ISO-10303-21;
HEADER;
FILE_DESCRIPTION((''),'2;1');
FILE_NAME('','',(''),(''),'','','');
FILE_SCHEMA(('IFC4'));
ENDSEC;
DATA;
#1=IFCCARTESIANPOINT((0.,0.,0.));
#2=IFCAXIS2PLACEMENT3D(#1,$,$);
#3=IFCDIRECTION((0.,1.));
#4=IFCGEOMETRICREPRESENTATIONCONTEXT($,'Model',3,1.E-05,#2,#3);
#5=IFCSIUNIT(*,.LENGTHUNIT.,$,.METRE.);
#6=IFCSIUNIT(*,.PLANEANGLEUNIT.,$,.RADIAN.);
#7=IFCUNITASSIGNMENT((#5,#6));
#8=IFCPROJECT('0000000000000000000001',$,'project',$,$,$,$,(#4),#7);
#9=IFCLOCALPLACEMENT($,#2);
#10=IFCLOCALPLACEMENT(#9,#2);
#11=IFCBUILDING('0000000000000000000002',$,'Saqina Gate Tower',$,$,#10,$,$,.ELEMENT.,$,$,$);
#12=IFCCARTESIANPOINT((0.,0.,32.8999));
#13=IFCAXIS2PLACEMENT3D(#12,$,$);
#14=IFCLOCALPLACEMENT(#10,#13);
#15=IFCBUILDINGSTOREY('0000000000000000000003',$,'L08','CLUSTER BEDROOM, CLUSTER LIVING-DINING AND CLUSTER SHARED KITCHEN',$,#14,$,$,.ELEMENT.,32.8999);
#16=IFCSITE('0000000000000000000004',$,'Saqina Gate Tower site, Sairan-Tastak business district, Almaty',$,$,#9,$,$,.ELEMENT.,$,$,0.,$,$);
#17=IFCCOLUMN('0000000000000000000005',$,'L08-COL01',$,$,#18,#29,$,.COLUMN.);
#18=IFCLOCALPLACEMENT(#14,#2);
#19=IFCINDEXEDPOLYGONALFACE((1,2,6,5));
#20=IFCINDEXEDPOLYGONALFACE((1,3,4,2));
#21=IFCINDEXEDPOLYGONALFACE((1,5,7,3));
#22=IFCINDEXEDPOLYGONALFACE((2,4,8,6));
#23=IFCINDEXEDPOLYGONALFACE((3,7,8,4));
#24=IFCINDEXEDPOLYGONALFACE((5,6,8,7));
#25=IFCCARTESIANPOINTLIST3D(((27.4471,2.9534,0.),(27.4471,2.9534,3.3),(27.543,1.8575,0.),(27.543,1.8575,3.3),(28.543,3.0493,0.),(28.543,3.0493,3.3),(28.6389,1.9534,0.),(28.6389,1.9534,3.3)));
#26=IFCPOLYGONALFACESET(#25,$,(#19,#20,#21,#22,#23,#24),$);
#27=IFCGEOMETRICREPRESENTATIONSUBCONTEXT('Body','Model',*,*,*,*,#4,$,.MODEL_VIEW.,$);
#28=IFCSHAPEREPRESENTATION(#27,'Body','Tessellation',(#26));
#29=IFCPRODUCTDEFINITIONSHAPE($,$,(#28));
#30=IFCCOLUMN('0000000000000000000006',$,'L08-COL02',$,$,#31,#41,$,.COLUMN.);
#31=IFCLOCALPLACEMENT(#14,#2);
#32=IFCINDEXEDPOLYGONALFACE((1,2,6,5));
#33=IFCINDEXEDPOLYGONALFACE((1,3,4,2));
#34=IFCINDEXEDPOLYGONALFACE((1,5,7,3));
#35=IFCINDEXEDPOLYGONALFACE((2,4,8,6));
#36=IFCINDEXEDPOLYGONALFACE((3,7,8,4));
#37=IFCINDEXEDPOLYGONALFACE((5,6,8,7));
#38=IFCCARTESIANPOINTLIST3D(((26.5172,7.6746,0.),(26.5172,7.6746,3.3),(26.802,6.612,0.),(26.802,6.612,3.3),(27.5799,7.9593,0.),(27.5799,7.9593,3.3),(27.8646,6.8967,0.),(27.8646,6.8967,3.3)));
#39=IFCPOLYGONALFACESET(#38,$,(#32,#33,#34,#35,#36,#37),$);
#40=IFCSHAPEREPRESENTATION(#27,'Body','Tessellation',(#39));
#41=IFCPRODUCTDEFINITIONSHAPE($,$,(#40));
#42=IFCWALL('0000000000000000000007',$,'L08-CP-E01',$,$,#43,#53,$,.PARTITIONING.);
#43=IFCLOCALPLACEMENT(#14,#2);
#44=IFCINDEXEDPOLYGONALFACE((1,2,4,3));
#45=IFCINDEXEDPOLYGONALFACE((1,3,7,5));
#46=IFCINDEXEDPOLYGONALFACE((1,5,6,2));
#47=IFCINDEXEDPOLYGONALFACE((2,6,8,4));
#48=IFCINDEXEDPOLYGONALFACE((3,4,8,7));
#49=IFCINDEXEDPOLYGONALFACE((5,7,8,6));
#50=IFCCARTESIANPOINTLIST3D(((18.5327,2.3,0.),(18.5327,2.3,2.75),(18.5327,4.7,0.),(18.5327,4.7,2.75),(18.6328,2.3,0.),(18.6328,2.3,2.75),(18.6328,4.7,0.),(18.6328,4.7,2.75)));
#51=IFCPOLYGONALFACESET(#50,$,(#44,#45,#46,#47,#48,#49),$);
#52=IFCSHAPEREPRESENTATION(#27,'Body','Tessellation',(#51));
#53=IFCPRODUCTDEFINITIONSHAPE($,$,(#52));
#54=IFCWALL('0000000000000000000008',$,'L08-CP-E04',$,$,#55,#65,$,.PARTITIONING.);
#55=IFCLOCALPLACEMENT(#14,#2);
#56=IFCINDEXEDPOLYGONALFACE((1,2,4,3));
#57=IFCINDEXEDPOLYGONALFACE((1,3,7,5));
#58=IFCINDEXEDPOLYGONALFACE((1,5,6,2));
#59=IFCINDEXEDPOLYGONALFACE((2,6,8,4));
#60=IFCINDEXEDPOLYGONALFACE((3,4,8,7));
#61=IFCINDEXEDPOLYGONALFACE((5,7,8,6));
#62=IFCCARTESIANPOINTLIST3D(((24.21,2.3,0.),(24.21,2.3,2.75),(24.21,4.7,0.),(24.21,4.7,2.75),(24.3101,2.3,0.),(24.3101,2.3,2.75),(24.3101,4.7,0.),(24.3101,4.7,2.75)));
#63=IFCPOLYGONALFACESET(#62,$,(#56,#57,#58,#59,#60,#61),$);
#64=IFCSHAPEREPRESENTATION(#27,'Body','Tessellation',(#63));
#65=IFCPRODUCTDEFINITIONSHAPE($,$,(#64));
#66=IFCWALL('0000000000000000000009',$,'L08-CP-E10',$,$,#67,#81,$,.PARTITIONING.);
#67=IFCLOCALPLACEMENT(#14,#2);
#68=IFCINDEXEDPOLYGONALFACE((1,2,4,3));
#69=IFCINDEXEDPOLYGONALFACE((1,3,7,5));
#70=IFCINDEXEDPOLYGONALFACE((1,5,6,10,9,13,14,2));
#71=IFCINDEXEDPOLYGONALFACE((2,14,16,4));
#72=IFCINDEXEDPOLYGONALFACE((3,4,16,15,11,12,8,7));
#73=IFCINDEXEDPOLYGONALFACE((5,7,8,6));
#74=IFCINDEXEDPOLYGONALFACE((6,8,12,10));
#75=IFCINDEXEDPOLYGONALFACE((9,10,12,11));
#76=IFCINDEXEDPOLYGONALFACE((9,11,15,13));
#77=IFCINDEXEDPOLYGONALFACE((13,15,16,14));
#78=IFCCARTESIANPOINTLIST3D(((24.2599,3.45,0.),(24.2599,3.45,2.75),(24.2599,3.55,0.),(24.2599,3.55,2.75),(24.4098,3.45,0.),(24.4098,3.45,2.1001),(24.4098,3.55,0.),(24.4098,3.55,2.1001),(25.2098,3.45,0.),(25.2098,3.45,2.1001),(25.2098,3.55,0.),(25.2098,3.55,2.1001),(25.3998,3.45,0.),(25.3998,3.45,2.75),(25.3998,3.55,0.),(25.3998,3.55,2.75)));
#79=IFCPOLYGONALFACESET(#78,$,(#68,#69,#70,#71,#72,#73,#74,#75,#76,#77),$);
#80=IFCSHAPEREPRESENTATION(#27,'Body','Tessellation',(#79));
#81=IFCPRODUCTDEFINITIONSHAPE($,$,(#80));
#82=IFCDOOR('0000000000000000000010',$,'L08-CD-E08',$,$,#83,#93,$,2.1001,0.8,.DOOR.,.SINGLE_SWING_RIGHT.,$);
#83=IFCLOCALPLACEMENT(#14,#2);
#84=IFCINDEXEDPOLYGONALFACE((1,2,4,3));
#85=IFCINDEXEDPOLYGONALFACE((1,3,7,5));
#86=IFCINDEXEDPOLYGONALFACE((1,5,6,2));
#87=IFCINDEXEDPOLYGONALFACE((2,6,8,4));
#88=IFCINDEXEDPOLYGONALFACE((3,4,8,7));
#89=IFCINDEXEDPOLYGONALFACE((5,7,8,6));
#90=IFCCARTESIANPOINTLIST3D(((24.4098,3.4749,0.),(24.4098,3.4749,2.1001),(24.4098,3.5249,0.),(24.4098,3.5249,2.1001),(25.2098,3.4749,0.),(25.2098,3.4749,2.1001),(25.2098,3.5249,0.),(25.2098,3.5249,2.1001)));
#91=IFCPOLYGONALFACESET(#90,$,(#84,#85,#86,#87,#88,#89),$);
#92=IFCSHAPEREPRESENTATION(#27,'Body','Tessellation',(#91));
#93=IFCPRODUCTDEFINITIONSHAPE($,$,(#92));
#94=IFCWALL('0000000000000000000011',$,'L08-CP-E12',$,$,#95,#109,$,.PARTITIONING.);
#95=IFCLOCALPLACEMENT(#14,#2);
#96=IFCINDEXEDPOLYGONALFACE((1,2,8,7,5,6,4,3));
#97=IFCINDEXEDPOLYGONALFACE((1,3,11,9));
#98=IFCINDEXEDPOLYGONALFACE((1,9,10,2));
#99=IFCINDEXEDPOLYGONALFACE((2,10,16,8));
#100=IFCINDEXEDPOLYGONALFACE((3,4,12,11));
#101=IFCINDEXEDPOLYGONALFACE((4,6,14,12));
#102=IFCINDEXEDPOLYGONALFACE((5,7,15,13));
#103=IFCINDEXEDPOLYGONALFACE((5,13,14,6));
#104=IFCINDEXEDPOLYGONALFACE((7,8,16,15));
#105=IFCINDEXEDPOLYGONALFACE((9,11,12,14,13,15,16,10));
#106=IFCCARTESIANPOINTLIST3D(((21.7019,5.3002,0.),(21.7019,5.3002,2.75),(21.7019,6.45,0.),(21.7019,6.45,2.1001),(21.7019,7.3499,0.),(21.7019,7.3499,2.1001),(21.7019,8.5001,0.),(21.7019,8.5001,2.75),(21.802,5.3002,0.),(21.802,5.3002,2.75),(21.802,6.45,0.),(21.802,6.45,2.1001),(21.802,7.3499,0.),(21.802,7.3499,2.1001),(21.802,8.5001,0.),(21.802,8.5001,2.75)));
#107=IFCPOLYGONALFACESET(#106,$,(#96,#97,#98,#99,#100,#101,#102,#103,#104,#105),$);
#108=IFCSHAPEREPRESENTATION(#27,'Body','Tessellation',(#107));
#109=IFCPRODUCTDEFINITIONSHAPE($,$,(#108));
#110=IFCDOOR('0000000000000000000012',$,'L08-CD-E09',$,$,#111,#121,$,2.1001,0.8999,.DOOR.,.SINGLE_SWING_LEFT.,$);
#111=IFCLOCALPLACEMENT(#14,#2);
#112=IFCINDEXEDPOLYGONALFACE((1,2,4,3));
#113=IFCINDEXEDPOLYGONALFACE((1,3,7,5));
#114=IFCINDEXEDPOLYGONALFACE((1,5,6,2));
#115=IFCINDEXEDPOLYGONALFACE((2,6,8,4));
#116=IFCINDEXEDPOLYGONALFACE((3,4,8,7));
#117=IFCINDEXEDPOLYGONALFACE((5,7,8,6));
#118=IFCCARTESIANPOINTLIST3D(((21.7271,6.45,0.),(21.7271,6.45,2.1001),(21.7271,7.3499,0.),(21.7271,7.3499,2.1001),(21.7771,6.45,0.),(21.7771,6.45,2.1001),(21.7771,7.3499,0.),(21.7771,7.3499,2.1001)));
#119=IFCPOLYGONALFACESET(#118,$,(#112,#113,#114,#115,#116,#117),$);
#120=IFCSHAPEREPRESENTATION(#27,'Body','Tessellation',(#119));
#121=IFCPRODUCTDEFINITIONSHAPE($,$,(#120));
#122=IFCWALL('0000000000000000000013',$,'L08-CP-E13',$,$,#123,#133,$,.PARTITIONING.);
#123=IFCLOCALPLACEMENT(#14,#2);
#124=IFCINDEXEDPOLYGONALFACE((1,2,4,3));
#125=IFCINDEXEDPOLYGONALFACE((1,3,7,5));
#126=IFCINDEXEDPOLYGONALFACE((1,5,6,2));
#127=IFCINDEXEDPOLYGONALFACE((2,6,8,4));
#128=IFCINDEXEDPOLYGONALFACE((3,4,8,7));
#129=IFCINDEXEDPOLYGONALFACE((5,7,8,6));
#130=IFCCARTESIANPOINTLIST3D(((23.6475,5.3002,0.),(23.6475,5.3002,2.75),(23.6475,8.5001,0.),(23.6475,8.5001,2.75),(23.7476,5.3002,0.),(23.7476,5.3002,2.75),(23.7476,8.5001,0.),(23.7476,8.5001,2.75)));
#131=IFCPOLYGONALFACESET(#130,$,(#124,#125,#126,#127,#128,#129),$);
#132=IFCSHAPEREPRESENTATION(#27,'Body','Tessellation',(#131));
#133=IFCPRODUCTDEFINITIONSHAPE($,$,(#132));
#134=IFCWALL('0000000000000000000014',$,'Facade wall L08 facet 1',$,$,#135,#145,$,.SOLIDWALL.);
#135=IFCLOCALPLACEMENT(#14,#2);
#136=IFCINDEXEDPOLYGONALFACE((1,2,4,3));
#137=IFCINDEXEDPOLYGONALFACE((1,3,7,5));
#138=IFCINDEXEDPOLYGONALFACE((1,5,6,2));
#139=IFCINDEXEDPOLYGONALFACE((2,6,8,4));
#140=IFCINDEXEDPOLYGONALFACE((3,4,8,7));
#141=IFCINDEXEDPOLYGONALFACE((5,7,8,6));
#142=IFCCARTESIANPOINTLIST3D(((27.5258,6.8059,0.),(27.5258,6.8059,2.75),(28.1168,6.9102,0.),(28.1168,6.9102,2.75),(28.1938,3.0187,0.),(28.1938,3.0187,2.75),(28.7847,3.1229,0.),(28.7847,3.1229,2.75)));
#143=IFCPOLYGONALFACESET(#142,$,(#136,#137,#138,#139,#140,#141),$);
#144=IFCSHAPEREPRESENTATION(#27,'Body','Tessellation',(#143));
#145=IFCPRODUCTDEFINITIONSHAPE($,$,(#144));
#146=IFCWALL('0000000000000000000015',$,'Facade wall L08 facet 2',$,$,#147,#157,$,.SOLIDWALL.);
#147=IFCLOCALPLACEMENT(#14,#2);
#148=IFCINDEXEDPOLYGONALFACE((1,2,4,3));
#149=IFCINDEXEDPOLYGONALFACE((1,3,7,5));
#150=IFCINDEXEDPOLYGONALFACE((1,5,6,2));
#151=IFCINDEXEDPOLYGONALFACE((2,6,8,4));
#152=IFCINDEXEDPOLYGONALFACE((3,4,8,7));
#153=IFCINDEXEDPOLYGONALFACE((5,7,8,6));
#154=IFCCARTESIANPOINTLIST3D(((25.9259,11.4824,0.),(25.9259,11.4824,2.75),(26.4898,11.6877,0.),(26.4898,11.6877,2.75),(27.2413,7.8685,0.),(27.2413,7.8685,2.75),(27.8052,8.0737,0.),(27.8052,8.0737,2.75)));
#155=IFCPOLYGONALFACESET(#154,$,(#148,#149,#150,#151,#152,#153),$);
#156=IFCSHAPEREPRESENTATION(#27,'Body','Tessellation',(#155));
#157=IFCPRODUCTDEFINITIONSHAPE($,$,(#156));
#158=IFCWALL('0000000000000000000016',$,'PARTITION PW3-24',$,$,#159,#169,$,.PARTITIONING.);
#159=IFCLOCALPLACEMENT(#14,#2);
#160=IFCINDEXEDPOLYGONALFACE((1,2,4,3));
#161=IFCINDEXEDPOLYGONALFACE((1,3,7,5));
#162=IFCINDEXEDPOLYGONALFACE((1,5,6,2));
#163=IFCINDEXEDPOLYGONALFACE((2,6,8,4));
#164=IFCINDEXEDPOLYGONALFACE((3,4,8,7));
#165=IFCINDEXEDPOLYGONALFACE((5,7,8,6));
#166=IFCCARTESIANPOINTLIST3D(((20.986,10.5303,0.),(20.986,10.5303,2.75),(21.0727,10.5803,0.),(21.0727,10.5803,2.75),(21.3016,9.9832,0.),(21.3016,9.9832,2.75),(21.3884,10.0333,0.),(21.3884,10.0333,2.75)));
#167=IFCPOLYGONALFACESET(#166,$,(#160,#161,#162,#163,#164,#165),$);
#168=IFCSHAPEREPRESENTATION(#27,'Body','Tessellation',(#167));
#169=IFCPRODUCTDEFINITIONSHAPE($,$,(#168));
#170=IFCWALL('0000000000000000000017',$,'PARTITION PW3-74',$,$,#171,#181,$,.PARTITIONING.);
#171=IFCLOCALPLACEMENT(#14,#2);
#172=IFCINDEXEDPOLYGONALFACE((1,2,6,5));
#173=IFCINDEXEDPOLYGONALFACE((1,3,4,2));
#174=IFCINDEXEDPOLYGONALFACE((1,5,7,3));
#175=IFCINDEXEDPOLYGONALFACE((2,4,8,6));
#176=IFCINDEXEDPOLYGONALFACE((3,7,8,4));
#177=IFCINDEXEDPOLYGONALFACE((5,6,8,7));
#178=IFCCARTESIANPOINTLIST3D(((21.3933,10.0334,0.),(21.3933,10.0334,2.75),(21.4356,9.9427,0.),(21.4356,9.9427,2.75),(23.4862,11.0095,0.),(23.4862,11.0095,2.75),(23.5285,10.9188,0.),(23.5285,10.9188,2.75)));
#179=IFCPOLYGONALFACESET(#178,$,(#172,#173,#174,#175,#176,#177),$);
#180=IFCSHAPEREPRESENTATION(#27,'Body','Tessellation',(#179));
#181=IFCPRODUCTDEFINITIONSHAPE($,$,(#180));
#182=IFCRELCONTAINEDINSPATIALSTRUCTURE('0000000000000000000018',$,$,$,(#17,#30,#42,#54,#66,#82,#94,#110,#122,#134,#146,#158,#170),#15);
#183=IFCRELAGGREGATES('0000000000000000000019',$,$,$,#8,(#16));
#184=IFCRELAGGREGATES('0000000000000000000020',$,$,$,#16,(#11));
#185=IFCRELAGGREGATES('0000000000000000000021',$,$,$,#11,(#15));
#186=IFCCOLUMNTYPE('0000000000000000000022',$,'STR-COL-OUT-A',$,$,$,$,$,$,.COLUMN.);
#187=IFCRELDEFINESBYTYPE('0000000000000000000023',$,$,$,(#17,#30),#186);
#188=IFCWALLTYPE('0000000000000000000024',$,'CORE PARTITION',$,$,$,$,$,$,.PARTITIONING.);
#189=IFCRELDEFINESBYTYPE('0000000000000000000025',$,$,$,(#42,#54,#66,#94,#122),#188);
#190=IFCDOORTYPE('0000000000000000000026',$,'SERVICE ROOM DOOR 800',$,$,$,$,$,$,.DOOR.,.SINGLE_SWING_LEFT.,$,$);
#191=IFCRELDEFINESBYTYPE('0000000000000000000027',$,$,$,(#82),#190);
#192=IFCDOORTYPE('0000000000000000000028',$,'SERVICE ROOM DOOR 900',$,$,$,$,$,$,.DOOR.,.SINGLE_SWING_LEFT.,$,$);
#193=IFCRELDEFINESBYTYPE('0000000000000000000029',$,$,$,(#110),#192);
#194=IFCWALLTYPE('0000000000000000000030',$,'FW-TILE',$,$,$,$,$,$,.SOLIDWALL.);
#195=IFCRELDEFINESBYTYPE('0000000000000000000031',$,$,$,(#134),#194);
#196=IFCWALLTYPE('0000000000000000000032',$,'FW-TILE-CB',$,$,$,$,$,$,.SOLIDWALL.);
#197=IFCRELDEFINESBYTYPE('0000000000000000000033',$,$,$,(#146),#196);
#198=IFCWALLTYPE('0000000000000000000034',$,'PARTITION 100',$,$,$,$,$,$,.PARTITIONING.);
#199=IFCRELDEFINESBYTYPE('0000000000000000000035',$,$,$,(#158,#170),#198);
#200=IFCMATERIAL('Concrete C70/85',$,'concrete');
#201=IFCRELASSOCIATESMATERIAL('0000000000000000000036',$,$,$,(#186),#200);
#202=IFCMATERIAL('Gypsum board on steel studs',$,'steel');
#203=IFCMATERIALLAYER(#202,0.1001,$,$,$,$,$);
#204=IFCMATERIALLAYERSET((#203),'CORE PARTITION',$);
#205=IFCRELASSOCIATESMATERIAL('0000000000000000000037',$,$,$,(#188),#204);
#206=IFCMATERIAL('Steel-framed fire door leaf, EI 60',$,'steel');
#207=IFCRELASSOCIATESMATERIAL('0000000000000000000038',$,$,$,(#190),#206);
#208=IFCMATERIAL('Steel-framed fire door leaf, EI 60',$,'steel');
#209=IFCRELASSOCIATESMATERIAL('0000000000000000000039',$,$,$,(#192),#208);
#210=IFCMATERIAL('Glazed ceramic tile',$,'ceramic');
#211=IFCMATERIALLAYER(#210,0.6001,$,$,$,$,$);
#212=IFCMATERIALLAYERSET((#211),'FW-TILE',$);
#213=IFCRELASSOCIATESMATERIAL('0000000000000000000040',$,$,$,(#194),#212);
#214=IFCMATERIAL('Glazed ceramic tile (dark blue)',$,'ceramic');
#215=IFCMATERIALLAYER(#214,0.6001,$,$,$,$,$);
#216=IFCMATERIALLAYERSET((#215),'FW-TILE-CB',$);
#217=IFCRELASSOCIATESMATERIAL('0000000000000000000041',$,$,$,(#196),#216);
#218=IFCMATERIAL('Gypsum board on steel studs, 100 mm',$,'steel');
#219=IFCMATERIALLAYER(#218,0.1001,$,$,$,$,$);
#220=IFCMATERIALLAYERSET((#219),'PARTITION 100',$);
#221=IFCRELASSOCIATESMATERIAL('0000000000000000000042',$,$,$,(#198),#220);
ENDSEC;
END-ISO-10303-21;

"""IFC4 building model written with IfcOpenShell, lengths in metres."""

from ifc_helpers import new_model, si_unit, direction, frame, frame_2d, origin, origin_2d, place, context, subcontext, project, spatial, rectangle, extrude, material, layer, layer_set, material_profile, profile_set, type_object, element, fill, save


model = new_model("IFC4")

# Units and contexts
model_context = context("Model", 3, precision=1e-05, world=origin(), true_north=direction((0.0, 1.0)))
body_context = subcontext(model_context, "Body", "Model", "MODEL_VIEW")
ifc_project = project(units=[si_unit("LENGTHUNIT", "METRE"), si_unit("PLANEANGLEUNIT", "RADIAN")], contexts=[model_context])

# Site, building, storey
site_placement = place(None, origin())
site = spatial("IfcSite", under=ifc_project, at=site_placement, Name="Saqina Gate Tower site, Sairan-Tastak business district, Almaty", CompositionType="ELEMENT", RefElevation=0.0)
building_placement = place(site_placement, origin())
building = spatial("IfcBuilding", under=site, at=building_placement, Name="Saqina Gate Tower", CompositionType="ELEMENT")
storey_placement = place(building_placement, frame((0.0, 0.0, 32.8999)))
storey = spatial("IfcBuildingStorey", under=building, at=storey_placement, Name="L08", Description="CLUSTER BEDROOM, CLUSTER LIVING-DINING AND CLUSTER SHARED KITCHEN", CompositionType="ELEMENT", Elevation=32.8999)

# Columns
ifc_material_1 = material(Name="Concrete C70/85", Category="concrete")
ifc_material_profile = material_profile(ifc_material_1, rectangle(XDim=1.1001, YDim=1.1001, at=origin_2d()), Name="RC 1100x1100")
ifc_profile_set = profile_set([ifc_material_profile], Name="Concrete C70/85")
column_type = type_object("IfcColumnType", Name="STR-COL-OUT-A", PredefinedType="COLUMN", material=ifc_profile_set)
for number, where, z_axis, x_axis, name in (
    (1, (28.043, 2.4534, 0.0), (0.0, 0.0, 1.0), (0.996195, 0.087156, 0.0), "L08-COL01"),
    (2, (27.1909, 7.2856, 0.0), (0.0, 0.0, 1.0), (0.965926, 0.258819, 0.0), "L08-COL02"),
):
    element("IfcColumn", number, at=place(storey_placement, frame(where, z_axis=z_axis, x_axis=x_axis)), inside=storey, type_object=column_type, Name=name, PredefinedType="COLUMN", context=body_context, shape_type="SweptSolid", body=[
        extrude(rectangle(XDim=1.1001, YDim=1.1001, at=origin_2d()), origin(), (0.0, 0.0, 1.0), 3.3),
    ])

# Walls
ifc_material_2 = material(Name="Gypsum board on steel studs", Category="steel")
ifc_layer_1 = layer(ifc_material_2, 0.1001)
ifc_layer_set_1 = layer_set([ifc_layer_1], Name="CORE PARTITION")
wall_type_1 = type_object("IfcWallType", Name="CORE PARTITION", PredefinedType="PARTITIONING", material=ifc_layer_set_1)
for number, where, z_axis, x_axis, name in (
    (3, (18.5828, 2.3, 0.0), (0.0, 0.0, 1.0), (0.0, 1.0, 0.0), "L08-CP-E01"),
    (4, (24.26, 2.3, 0.0), (0.0, 0.0, 1.0), (0.0, 1.0, 0.0), "L08-CP-E04"),
):
    element("IfcWall", number, at=place(storey_placement, frame(where, z_axis=z_axis, x_axis=x_axis)), inside=storey, type_object=wall_type_1, Name=name, PredefinedType="PARTITIONING", context=body_context, shape_type="SweptSolid", body=[
        extrude(rectangle(XDim=2.3999, YDim=0.1001, at=frame_2d((1.2, 0.0))), origin(), (0.0, 0.0, 1.0), 2.75),
    ])

# Walls, openings, doors
wall_1_placement = place(storey_placement, frame((24.26, 3.5, 0.0), z_axis=(0.0, 0.0, 1.0), x_axis=(1.0, 0.0, 0.0)))
wall_1 = element("IfcWall", 5, at=wall_1_placement, inside=storey, type_object=wall_type_1, Name="L08-CP-E10", PredefinedType="PARTITIONING", context=body_context, shape_type="SweptSolid", body=[
    extrude(rectangle(XDim=1.1399, YDim=0.1001, at=frame_2d((0.5698, 0.0))), origin(), (0.0, 0.0, 1.0), 2.75),
])
opening_1_placement = place(wall_1_placement, frame((0.1499, 0.0, 0.0)))
opening_1 = element("IfcOpeningElement", 6, at=opening_1_placement, cuts=wall_1, PredefinedType="OPENING", context=body_context, shape_type="SweptSolid", body=[
    extrude(rectangle(XDim=0.8, YDim=2.1001, at=frame_2d((0.3999, 1.05))), frame((0.0, 0.062, 0.0), z_axis=(0.0, -1.0, 0.0), x_axis=(1.0, 0.0, 0.0)), (0.0, 0.0, 1.0), 0.124),
])
ifc_material_3 = material(Name="Steel-framed fire door leaf, EI 60", Category="steel")
door_type_1 = type_object("IfcDoorType", Name="SERVICE ROOM DOOR 800", OperationType="SINGLE_SWING_LEFT", PredefinedType="DOOR", material=ifc_material_3)
door_1_placement = place(opening_1_placement, origin())
door_1 = element("IfcDoor", 7, at=door_1_placement, inside=storey, type_object=door_type_1, Name="L08-CD-E08", OperationType="SINGLE_SWING_RIGHT", OverallHeight=2.1001, OverallWidth=0.8, PredefinedType="DOOR", context=body_context, shape_type="SweptSolid", body=[
    extrude(rectangle(XDim=0.8, YDim=2.1001, at=frame_2d((0.3999, 1.05))), frame((0.0, 0.0249, 0.0), z_axis=(0.0, -1.0, 0.0), x_axis=(1.0, 0.0, 0.0)), (0.0, 0.0, 1.0), 0.05),
])
fill(opening_1, door_1)
wall_2_placement = place(storey_placement, frame((21.752, 5.3, 0.0), z_axis=(0.0, 0.0, 1.0), x_axis=(0.0, 1.0, 0.0)))
wall_2 = element("IfcWall", 8, at=wall_2_placement, inside=storey, type_object=wall_type_1, Name="L08-CP-E12", PredefinedType="PARTITIONING", context=body_context, shape_type="SweptSolid", body=[
    extrude(rectangle(XDim=3.2, YDim=0.1001, at=frame_2d((1.6001, 0.0))), origin(), (0.0, 0.0, 1.0), 2.75),
])
opening_2_placement = place(wall_2_placement, frame((1.1499, 0.0, 0.0)))
opening_2 = element("IfcOpeningElement", 9, at=opening_2_placement, cuts=wall_2, PredefinedType="OPENING", context=body_context, shape_type="SweptSolid", body=[
    extrude(rectangle(XDim=0.8999, YDim=2.1001, at=frame_2d((0.45, 1.05))), frame((0.0, 0.062, 0.0), z_axis=(0.0, -1.0, 0.0), x_axis=(1.0, 0.0, 0.0)), (0.0, 0.0, 1.0), 0.124),
])
ifc_material_4 = material(Name="Steel-framed fire door leaf, EI 60", Category="steel")
door_type_2 = type_object("IfcDoorType", Name="SERVICE ROOM DOOR 900", OperationType="SINGLE_SWING_LEFT", PredefinedType="DOOR", material=ifc_material_4)
door_2_placement = place(opening_2_placement, origin())
door_2 = element("IfcDoor", 10, at=door_2_placement, inside=storey, type_object=door_type_2, Name="L08-CD-E09", OperationType="SINGLE_SWING_LEFT", OverallHeight=2.1001, OverallWidth=0.8999, PredefinedType="DOOR", context=body_context, shape_type="SweptSolid", body=[
    extrude(rectangle(XDim=0.8999, YDim=2.1001, at=frame_2d((0.45, 1.05))), frame((0.0, 0.0249, 0.0), z_axis=(0.0, -1.0, 0.0), x_axis=(1.0, 0.0, 0.0)), (0.0, 0.0, 1.0), 0.05),
])
fill(opening_2, door_2)

# Walls
wall_3_placement = place(storey_placement, frame((23.6975, 5.3, 0.0), z_axis=(0.0, 0.0, 1.0), x_axis=(0.0, 1.0, 0.0)))
element("IfcWall", 11, at=wall_3_placement, inside=storey, type_object=wall_type_1, Name="L08-CP-E13", PredefinedType="PARTITIONING", context=body_context, shape_type="SweptSolid", body=[
    extrude(rectangle(XDim=3.2, YDim=0.1001, at=frame_2d((1.6001, 0.0))), origin(), (0.0, 0.0, 1.0), 2.75),
])
ifc_material_5 = material(Name="Glazed ceramic tile", Category="ceramic")
ifc_layer_2 = layer(ifc_material_5, 0.6001)
ifc_layer_set_2 = layer_set([ifc_layer_2], Name="FW-TILE")
wall_type_2 = type_object("IfcWallType", Name="FW-TILE", PredefinedType="SOLIDWALL", material=ifc_layer_set_2)
wall_4_placement = place(storey_placement, frame((28.4893, 3.0708, 0.0), z_axis=(0.0, 0.0, 1.0), x_axis=(-0.173688, 0.984801, 0.0)))
element("IfcWall", 12, at=wall_4_placement, inside=storey, type_object=wall_type_2, Name="Facade wall L08 facet 1", PredefinedType="SOLIDWALL", context=body_context, shape_type="SweptSolid", body=[
    extrude(rectangle(XDim=3.8457, YDim=0.6001, at=frame_2d((1.9229, 0.0))), origin(), (0.0, 0.0, 1.0), 2.75),
])
ifc_material_6 = material(Name="Glazed ceramic tile (dark blue)", Category="ceramic")
ifc_layer_3 = layer(ifc_material_6, 0.6001)
ifc_layer_set_3 = layer_set([ifc_layer_3], Name="FW-TILE-CB")
wall_type_3 = type_object("IfcWallType", Name="FW-TILE-CB", PredefinedType="SOLIDWALL", material=ifc_layer_set_3)
wall_5_placement = place(storey_placement, frame((27.5232, 7.9712, 0.0), z_axis=(0.0, 0.0, 1.0), x_axis=(-0.342028, 0.93969, 0.0)))
element("IfcWall", 13, at=wall_5_placement, inside=storey, type_object=wall_type_3, Name="Facade wall L08 facet 2", PredefinedType="SOLIDWALL", context=body_context, shape_type="SweptSolid", body=[
    extrude(rectangle(XDim=3.8459, YDim=0.6001, at=frame_2d((1.9229, 0.0))), origin(), (0.0, 0.0, 1.0), 2.75),
])
ifc_material_7 = material(Name="Gypsum board on steel studs, 100 mm", Category="steel")
ifc_layer_4 = layer(ifc_material_7, 0.1001)
ifc_layer_set_4 = layer_set([ifc_layer_4], Name="PARTITION 100")
wall_type_4 = type_object("IfcWallType", Name="PARTITION 100", PredefinedType="PARTITIONING", material=ifc_layer_set_4)
wall_6_placement = place(storey_placement, frame((21.0293, 10.5554, 0.0), z_axis=(0.0, 0.0, 1.0), x_axis=(0.499756, -0.866166, 0.0)))
element("IfcWall", 14, at=wall_6_placement, inside=storey, type_object=wall_type_4, Name="PARTITION PW3-24", PredefinedType="PARTITIONING", context=body_context, shape_type="SweptSolid", body=[
    extrude(rectangle(XDim=0.6316, YDim=0.1001, at=frame_2d((0.3159, 0.0))), origin(), (0.0, 0.0, 1.0), 2.75),
])
wall_7_placement = place(storey_placement, frame((21.4143, 9.988, 0.0), z_axis=(0.0, 0.0, 1.0), x_axis=(0.906294, 0.422648, 0.0)))
element("IfcWall", 15, at=wall_7_placement, inside=storey, type_object=wall_type_4, Name="PARTITION PW3-74", PredefinedType="PARTITIONING", context=body_context, shape_type="SweptSolid", body=[
    extrude(rectangle(XDim=2.3093, YDim=0.1001, at=frame_2d((1.1548, 0.0))), origin(), (0.0, 0.0, 1.0), 2.75),
])

save(model, "model.ifc")
